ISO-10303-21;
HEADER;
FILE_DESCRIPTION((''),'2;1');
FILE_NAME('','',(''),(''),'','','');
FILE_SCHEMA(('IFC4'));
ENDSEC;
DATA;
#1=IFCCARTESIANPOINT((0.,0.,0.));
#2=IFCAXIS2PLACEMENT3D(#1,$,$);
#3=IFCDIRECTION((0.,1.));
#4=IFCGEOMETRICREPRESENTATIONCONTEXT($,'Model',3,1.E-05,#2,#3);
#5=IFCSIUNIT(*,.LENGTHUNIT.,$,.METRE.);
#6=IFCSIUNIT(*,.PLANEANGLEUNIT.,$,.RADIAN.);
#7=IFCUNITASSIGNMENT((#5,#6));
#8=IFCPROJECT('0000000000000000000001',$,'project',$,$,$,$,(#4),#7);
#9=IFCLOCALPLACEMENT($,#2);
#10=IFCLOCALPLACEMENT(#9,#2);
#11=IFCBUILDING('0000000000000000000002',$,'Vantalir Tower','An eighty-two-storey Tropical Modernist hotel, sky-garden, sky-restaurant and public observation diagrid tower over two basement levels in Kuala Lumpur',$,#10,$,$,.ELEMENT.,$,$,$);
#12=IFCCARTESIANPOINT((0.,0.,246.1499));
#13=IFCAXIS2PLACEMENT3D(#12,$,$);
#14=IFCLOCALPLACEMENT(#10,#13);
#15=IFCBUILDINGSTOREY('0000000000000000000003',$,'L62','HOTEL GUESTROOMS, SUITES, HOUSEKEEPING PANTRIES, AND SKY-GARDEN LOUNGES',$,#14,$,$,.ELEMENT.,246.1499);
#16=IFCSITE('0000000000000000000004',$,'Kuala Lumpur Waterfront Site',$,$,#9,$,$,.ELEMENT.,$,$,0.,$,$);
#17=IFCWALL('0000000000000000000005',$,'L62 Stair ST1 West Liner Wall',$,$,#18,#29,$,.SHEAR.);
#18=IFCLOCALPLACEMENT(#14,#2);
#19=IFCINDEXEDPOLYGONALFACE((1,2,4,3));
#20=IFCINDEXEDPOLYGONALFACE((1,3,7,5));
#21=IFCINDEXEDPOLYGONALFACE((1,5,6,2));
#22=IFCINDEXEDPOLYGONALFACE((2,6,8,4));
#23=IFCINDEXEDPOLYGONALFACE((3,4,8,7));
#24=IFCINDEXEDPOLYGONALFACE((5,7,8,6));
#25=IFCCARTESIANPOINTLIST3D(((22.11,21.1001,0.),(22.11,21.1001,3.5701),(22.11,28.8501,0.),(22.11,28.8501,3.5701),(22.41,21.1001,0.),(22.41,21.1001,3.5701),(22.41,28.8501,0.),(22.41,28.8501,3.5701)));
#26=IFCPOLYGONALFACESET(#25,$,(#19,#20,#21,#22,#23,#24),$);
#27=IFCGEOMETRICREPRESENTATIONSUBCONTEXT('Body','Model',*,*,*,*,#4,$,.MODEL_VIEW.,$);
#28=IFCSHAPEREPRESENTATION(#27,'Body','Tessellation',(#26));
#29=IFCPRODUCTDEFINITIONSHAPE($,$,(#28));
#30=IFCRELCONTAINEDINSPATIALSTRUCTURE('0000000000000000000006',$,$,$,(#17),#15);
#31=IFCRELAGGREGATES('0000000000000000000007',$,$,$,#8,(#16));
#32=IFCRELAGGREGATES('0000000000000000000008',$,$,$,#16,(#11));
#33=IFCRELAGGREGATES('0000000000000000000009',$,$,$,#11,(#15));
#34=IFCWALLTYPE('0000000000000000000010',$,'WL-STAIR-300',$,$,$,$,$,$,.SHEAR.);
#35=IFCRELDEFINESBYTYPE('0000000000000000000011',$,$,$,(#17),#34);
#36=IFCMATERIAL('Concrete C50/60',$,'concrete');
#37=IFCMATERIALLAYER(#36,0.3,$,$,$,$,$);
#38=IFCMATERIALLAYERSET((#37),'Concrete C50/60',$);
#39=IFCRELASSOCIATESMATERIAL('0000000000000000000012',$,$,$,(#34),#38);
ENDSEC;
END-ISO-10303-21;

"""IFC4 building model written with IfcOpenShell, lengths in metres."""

from ifc_helpers import new_model, si_unit, direction, frame, frame_2d, origin, place, context, subcontext, project, spatial, rectangle, extrude, material, layer, layer_set, type_object, element, save


model = new_model("IFC4")

# Units and contexts
model_context = context("Model", 3, precision=1e-05, world=origin(), true_north=direction((0.0, 1.0)))
body_context = subcontext(model_context, "Body", "Model", "MODEL_VIEW")
ifc_project = project(units=[si_unit("LENGTHUNIT", "METRE"), si_unit("PLANEANGLEUNIT", "RADIAN")], contexts=[model_context])

# Site, building, storey
site_placement = place(None, origin())
site = spatial("IfcSite", under=ifc_project, at=site_placement, Name="Kuala Lumpur Waterfront Site", CompositionType="ELEMENT", RefElevation=0.0)
building_placement = place(site_placement, origin())
building = spatial("IfcBuilding", under=site, at=building_placement, Name="Vantalir Tower", Description="An eighty-two-storey Tropical Modernist hotel, sky-garden, sky-restaurant and public observation diagrid tower over two basement levels in Kuala Lumpur", CompositionType="ELEMENT")
storey_placement = place(building_placement, frame((0.0, 0.0, 246.1499)))
storey = spatial("IfcBuildingStorey", under=building, at=storey_placement, Name="L62", Description="HOTEL GUESTROOMS, SUITES, HOUSEKEEPING PANTRIES, AND SKY-GARDEN LOUNGES", CompositionType="ELEMENT", Elevation=246.1499)

# Shared definitions
ifc_material_1 = material(Name="Concrete C50/60", Category="concrete")

# Shared definitions
ifc_layer_1 = layer(ifc_material_1, 0.3)
ifc_layer_set_1 = layer_set([ifc_layer_1], Name="Concrete C50/60")
wall_type_1 = type_object("IfcWallType", Name="WL-STAIR-300", PredefinedType="SHEAR", material=ifc_layer_set_1)

# Wall
wall_1_placement = place(storey_placement, frame((22.26, 21.1001, 0.0), z_axis=(0.0, 0.0, 1.0), x_axis=(0.0, 1.0, 0.0)))
element("IfcWall", 1, at=wall_1_placement, inside=storey, type_object=wall_type_1, Name="L62 Stair ST1 West Liner Wall", PredefinedType="SHEAR", context=body_context, shape_type="SweptSolid", body=[
    extrude(rectangle(XDim=7.75, YDim=0.3, at=frame_2d((3.875, 0.0))), origin(), (0.0, 0.0, 1.0), 3.5701),
])

save(model, "model.ifc")
